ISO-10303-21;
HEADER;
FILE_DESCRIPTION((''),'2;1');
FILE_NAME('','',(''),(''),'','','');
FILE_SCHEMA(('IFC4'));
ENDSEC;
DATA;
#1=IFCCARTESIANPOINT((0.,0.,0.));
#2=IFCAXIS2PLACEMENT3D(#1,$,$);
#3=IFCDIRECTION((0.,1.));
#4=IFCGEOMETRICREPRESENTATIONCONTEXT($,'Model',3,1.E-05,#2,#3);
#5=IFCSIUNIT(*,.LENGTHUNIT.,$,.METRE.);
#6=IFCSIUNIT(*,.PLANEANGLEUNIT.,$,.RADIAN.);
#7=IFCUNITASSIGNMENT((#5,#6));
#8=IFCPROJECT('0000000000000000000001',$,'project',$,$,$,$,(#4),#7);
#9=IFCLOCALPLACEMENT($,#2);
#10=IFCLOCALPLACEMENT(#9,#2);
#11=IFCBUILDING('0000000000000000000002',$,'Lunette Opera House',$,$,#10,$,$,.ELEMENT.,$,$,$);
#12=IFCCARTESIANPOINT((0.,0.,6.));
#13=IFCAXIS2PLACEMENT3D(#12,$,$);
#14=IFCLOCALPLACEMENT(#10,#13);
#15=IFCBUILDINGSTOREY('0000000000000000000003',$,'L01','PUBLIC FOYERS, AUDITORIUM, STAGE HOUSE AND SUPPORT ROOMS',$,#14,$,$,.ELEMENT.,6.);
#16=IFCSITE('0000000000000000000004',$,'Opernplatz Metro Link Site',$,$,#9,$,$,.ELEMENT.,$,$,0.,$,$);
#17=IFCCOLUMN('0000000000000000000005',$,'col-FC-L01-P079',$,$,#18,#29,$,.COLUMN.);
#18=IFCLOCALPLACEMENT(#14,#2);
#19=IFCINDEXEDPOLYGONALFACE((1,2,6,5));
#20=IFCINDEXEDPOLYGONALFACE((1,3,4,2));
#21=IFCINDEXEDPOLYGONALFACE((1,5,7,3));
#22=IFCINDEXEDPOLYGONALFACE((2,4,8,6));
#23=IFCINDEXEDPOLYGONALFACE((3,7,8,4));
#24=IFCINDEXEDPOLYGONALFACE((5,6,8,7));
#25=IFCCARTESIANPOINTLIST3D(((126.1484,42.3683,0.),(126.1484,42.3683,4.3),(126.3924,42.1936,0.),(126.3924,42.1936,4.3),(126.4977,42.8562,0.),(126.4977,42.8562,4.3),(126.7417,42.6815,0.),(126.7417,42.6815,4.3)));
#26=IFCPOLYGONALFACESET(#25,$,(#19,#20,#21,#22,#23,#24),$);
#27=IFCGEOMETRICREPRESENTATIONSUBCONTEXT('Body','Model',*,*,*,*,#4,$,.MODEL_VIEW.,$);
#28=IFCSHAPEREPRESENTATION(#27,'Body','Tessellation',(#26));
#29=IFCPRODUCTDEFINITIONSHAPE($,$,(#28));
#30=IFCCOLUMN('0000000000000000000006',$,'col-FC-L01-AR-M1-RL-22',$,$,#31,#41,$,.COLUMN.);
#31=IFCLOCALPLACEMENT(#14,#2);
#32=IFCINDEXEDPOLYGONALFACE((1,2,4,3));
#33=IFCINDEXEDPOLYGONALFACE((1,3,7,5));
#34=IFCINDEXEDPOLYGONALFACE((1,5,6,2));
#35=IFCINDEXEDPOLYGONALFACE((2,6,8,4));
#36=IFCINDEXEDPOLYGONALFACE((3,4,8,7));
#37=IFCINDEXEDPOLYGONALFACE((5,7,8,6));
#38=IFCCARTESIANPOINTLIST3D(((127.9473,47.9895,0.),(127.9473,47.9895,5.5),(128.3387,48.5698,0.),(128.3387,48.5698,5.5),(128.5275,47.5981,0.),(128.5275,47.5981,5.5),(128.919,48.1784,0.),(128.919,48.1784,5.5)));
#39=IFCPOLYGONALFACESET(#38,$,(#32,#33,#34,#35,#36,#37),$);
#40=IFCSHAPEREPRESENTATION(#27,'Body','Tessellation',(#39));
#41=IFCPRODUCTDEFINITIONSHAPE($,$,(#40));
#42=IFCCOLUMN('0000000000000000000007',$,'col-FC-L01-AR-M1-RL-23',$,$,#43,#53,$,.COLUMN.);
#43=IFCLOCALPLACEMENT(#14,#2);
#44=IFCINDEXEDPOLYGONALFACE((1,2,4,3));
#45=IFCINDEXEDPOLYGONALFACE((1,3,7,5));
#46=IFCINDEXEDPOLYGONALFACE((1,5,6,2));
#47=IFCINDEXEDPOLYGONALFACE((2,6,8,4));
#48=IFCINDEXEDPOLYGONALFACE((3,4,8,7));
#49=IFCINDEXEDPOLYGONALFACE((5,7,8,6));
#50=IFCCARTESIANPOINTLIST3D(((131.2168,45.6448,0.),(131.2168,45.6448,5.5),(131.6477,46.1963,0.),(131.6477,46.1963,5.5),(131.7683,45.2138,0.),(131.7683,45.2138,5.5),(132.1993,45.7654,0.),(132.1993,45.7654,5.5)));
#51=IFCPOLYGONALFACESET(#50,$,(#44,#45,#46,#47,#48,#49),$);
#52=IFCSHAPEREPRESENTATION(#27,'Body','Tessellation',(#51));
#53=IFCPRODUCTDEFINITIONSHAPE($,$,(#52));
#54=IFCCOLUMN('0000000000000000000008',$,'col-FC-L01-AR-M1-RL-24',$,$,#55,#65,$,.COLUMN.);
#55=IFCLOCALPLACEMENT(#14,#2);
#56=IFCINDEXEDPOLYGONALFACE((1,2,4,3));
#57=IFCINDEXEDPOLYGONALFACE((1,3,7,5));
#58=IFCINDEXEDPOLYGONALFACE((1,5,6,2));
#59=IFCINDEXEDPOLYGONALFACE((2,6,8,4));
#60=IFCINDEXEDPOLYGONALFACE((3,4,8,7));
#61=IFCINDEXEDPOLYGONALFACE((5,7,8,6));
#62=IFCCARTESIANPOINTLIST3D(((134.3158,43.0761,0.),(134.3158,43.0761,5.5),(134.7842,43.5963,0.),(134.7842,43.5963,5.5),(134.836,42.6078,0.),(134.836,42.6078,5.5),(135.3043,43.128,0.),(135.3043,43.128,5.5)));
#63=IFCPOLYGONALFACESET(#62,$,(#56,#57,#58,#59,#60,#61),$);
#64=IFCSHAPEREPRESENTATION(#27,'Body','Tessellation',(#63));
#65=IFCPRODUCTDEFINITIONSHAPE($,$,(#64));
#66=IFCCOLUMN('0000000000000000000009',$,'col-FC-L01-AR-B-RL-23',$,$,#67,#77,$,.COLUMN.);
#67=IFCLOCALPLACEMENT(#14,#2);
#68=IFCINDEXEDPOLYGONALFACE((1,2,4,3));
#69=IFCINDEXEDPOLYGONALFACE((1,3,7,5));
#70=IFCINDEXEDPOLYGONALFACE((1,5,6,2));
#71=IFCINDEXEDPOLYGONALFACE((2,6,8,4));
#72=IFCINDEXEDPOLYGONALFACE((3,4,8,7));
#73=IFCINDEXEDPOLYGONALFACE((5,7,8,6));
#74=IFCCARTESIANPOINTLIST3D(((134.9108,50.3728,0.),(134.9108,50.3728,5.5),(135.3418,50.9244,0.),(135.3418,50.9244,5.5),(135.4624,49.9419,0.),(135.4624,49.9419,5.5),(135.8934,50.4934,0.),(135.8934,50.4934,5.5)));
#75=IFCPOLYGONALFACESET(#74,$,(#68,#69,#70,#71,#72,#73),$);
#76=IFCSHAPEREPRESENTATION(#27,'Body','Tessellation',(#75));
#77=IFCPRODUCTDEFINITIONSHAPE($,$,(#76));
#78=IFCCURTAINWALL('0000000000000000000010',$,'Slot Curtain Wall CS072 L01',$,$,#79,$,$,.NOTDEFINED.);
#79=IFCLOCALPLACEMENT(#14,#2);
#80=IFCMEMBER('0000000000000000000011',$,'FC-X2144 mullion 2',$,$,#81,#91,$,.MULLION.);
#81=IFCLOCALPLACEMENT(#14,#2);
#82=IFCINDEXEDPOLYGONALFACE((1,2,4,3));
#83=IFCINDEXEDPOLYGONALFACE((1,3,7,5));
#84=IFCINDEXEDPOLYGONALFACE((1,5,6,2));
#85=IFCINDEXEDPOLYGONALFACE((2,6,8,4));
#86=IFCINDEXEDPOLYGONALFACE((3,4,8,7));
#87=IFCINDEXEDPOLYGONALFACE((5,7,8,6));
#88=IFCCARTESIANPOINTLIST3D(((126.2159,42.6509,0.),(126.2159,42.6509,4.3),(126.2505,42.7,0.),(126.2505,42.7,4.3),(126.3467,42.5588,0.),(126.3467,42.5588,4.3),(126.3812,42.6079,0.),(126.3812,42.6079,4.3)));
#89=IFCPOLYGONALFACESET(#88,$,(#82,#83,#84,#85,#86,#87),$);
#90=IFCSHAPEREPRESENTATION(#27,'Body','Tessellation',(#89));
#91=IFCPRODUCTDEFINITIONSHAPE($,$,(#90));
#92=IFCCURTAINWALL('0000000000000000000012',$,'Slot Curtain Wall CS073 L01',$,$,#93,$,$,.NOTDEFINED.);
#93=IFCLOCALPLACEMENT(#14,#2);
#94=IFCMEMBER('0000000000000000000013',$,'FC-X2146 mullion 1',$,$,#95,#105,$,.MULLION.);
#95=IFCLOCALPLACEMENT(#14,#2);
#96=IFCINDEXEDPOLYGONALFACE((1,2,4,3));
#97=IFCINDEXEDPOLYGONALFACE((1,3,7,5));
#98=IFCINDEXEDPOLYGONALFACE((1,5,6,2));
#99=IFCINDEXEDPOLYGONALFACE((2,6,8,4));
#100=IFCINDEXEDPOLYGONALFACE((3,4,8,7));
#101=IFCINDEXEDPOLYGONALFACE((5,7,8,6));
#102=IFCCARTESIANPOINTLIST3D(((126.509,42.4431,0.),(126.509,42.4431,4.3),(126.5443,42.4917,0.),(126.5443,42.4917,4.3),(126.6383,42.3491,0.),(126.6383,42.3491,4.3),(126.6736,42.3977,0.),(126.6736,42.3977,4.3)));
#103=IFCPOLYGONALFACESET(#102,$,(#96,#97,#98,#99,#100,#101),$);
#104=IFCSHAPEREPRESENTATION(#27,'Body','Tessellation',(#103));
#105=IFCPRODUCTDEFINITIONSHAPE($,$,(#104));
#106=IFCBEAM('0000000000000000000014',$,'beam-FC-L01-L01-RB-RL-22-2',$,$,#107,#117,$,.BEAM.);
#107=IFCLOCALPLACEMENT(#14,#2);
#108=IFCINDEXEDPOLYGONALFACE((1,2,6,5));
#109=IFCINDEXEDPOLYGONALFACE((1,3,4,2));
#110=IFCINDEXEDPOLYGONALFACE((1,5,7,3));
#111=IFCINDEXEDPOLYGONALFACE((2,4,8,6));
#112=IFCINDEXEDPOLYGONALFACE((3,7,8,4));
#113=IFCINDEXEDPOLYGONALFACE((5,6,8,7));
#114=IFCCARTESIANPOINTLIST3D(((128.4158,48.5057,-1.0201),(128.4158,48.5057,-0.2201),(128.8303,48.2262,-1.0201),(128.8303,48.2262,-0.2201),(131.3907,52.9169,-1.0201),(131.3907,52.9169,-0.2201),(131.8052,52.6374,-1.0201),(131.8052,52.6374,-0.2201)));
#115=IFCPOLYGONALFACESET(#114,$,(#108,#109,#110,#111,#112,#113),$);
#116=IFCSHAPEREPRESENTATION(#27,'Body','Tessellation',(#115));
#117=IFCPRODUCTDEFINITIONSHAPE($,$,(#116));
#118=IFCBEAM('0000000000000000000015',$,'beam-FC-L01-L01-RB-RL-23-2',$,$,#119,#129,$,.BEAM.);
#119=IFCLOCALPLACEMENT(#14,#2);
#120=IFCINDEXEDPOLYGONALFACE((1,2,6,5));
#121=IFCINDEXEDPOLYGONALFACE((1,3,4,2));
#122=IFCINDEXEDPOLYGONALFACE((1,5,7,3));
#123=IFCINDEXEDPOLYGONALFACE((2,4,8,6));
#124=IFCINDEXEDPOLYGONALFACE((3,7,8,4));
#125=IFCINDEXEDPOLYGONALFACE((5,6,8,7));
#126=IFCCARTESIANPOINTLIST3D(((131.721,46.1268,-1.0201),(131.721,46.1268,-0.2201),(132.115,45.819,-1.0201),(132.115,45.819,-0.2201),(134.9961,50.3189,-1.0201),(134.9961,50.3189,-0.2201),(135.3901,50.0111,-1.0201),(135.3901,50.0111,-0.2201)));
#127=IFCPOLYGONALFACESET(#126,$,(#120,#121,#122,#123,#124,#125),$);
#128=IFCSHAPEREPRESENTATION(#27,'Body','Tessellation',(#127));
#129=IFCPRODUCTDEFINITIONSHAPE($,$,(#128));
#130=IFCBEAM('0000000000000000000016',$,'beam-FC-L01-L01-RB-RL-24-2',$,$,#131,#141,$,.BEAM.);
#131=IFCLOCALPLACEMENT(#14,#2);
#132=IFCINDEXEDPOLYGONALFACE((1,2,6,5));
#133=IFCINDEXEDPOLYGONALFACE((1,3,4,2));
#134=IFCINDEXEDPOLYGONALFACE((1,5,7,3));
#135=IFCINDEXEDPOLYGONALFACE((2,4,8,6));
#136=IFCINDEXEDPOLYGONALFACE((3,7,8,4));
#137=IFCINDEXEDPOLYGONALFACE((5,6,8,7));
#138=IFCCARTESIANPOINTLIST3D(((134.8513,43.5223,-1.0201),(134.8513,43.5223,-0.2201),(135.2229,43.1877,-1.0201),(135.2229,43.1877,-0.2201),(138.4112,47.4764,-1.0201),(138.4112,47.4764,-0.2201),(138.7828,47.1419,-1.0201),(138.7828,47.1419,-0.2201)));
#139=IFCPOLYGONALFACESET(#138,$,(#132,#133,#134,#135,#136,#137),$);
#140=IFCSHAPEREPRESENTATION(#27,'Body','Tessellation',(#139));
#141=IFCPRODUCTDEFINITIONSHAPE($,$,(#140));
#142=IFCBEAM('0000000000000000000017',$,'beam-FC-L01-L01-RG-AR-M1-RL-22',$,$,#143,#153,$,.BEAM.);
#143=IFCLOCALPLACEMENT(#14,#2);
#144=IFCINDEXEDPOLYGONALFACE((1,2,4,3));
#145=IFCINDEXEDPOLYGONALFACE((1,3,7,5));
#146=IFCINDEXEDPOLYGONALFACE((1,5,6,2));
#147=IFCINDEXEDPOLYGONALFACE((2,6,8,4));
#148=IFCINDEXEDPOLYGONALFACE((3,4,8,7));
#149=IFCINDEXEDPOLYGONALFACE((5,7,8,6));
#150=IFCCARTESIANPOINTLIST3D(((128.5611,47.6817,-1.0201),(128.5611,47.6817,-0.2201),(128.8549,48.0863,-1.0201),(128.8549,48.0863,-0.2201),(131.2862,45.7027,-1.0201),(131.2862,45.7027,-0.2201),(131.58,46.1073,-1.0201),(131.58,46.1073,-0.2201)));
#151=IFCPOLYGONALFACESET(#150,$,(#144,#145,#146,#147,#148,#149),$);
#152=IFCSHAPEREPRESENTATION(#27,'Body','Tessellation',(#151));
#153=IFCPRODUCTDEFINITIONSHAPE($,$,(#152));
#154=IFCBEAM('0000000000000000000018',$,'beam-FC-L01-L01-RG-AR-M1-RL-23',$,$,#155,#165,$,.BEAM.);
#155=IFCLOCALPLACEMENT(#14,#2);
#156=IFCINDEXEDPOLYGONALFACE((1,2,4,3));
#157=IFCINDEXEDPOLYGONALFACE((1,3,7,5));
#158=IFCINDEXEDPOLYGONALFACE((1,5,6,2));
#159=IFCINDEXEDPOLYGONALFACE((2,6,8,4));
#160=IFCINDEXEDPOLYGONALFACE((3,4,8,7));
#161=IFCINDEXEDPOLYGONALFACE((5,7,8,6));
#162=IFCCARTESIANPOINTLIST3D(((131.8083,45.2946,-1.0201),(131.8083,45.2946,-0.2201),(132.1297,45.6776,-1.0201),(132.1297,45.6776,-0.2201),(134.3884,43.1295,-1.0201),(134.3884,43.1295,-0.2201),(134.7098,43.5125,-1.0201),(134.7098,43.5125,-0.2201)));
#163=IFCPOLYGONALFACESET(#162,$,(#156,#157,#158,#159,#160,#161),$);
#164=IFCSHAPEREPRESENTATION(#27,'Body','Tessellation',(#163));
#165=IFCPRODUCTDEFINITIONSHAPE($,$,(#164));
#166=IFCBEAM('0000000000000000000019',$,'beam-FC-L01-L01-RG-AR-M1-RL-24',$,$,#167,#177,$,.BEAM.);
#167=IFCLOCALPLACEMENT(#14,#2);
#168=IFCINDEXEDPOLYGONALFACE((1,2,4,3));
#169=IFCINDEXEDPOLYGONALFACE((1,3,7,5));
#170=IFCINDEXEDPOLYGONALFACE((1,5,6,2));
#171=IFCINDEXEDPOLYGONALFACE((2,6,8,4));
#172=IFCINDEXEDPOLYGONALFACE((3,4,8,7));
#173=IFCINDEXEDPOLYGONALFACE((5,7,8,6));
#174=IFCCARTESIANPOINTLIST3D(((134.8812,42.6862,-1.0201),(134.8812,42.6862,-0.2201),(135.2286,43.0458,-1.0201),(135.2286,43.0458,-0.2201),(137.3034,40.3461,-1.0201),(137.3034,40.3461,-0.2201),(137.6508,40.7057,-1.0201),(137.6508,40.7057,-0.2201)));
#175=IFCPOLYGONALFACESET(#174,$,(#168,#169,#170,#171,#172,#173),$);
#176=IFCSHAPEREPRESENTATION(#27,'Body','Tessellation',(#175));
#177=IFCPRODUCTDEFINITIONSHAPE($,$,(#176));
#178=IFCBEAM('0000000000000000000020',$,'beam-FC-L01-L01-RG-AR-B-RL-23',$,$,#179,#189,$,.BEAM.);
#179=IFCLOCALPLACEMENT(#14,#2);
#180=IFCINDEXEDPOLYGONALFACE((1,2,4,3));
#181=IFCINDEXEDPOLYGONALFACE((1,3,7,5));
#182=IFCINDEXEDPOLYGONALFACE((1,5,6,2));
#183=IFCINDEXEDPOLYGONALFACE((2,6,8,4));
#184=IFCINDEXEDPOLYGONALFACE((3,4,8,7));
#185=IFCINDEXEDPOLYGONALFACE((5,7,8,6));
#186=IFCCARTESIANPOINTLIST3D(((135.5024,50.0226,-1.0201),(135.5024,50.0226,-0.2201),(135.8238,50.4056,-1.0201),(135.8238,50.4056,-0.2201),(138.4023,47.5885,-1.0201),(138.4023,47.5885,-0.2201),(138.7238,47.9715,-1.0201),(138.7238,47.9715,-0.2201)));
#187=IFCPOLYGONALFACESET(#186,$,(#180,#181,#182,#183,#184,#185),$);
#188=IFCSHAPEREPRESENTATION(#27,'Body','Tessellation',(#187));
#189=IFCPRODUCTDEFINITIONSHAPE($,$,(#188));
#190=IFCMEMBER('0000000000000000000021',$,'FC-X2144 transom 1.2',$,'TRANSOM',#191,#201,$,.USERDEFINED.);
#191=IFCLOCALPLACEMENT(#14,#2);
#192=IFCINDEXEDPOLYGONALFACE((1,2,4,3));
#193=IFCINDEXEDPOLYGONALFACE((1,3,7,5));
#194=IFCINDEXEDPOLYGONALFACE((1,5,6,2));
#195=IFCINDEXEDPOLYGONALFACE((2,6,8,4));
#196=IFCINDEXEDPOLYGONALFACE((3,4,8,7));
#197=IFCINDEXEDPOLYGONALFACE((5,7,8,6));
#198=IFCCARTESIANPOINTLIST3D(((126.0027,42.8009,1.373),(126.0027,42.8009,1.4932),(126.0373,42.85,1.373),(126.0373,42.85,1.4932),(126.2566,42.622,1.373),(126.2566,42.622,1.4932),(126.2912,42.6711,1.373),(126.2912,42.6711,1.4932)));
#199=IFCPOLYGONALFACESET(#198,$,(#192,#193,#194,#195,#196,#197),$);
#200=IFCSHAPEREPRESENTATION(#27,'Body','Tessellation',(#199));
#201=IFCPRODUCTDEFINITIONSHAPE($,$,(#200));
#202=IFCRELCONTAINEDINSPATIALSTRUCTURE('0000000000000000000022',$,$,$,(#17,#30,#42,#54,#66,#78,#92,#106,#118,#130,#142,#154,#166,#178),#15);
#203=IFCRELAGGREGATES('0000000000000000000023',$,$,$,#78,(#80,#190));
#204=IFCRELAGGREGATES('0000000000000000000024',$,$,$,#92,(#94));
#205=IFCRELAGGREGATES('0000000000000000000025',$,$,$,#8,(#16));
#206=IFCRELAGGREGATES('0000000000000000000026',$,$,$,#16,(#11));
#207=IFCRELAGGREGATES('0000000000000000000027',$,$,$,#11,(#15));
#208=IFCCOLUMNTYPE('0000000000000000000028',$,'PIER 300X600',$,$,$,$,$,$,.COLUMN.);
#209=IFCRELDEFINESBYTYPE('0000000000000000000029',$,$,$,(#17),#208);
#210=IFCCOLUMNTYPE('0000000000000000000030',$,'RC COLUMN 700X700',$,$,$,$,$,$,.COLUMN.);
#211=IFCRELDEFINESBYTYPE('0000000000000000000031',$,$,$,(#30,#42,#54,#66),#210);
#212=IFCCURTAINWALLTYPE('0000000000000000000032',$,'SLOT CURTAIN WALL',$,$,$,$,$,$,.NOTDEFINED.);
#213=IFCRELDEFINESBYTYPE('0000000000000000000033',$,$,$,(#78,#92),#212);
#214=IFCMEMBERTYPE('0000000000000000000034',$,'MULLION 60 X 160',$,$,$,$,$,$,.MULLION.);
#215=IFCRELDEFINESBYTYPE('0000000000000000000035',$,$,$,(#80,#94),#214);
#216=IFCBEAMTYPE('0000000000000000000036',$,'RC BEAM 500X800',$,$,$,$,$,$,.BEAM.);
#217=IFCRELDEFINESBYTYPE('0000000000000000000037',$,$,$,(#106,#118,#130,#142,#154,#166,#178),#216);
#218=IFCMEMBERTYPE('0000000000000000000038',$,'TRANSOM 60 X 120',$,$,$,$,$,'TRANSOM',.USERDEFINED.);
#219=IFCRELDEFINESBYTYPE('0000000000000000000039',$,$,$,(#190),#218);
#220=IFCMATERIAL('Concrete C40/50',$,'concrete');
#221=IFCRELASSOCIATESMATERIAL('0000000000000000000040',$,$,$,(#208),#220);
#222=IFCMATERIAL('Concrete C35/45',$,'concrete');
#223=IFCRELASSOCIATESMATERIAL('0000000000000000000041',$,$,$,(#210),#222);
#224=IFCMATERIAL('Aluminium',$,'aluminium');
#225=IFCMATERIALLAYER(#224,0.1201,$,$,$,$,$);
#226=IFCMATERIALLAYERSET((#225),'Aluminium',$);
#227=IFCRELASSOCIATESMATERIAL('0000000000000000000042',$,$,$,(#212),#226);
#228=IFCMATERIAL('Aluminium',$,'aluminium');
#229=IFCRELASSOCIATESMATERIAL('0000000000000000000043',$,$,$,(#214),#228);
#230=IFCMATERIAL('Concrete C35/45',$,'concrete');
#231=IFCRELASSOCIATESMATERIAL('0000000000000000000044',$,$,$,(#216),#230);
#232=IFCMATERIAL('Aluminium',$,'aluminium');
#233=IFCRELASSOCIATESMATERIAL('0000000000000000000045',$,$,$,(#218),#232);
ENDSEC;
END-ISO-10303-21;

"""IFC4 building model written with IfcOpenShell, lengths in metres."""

from ifc_helpers import new_model, si_unit, direction, frame, origin, origin_2d, place, context, subcontext, project, spatial, rectangle, extrude, material, layer, layer_set, material_profile, profile_set, type_object, element, aggregate, save


model = new_model("IFC4")

# Units and contexts
model_context = context("Model", 3, precision=1e-05, world=origin(), true_north=direction((0.0, 1.0)))
body_context = subcontext(model_context, "Body", "Model", "MODEL_VIEW")
ifc_project = project(units=[si_unit("LENGTHUNIT", "METRE"), si_unit("PLANEANGLEUNIT", "RADIAN")], contexts=[model_context])

# Site, building, storey
site_placement = place(None, origin())
site = spatial("IfcSite", under=ifc_project, at=site_placement, Name="Opernplatz Metro Link Site", CompositionType="ELEMENT", RefElevation=0.0)
building_placement = place(site_placement, origin())
building = spatial("IfcBuilding", under=site, at=building_placement, Name="Lunette Opera House", CompositionType="ELEMENT")
storey_placement = place(building_placement, frame((0.0, 0.0, 6.0)))
storey = spatial("IfcBuildingStorey", under=building, at=storey_placement, Name="L01", Description="PUBLIC FOYERS, AUDITORIUM, STAGE HOUSE AND SUPPORT ROOMS", CompositionType="ELEMENT", Elevation=6.0)

# Columns
ifc_material_1 = material(Name="Concrete C40/50", Category="concrete")
ifc_material_profile_1 = material_profile(ifc_material_1, rectangle(XDim=0.3, YDim=0.6001, at=origin_2d()), Name="PIER 300X600")
ifc_profile_set_1 = profile_set([ifc_material_profile_1], Name="Concrete C40/50")
column_type_1 = type_object("IfcColumnType", Name="PIER 300X600", PredefinedType="COLUMN", material=ifc_profile_set_1)
column_placement = place(storey_placement, frame((126.4451, 42.5249, 0.0), z_axis=(0.0, 0.0, 1.0), x_axis=(0.813101, -0.582123, 0.0)))
element("IfcColumn", 1, at=column_placement, inside=storey, type_object=column_type_1, Name="col-FC-L01-P079", PredefinedType="COLUMN", context=body_context, shape_type="SweptSolid", body=[
    extrude(rectangle(XDim=0.3, YDim=0.6001, at=origin_2d()), origin(), (0.0, 0.0, 1.0), 4.3),
])
ifc_material_2 = material(Name="Concrete C35/45", Category="concrete")
ifc_material_profile_2 = material_profile(ifc_material_2, rectangle(XDim=0.7, YDim=0.7, at=origin_2d()), Name="RC COLUMN 700X700")
ifc_profile_set_2 = profile_set([ifc_material_profile_2], Name="Concrete C35/45")
column_type_2 = type_object("IfcColumnType", Name="RC COLUMN 700X700", PredefinedType="COLUMN", material=ifc_profile_set_2)
for number, where, z_axis, x_axis, name in (
    (2, (128.4331, 48.084, 0.0), (0.0, 0.0, 1.0), (0.829038, -0.559193, 0.0), "col-FC-L01-AR-M1-RL-22"),
    (3, (131.708, 45.7051, 0.0), (0.0, 0.0, 1.0), (0.788011, -0.615661, 0.0), "col-FC-L01-AR-M1-RL-23"),
    (4, (134.8101, 43.1021, 0.0), (0.0, 0.0, 1.0), (0.743145, -0.669131, 0.0), "col-FC-L01-AR-M1-RL-24"),
    (5, (135.4021, 50.4331, 0.0), (0.0, 0.0, 1.0), (0.788011, -0.615661, 0.0), "col-FC-L01-AR-B-RL-23"),
):
    element("IfcColumn", number, at=place(storey_placement, frame(where, z_axis=z_axis, x_axis=x_axis)), inside=storey, type_object=column_type_2, Name=name, PredefinedType="COLUMN", context=body_context, shape_type="SweptSolid", body=[
        extrude(rectangle(XDim=0.7, YDim=0.7, at=origin_2d()), origin(), (0.0, 0.0, 1.0), 5.5),
    ])

# Curtain walls, members
ifc_material_3 = material(Name="Aluminium", Category="aluminium")
ifc_layer_1 = layer(ifc_material_3, 0.1201)
ifc_layer_set_1 = layer_set([ifc_layer_1], Name="Aluminium")
curtain_wall_type = type_object("IfcCurtainWallType", Name="SLOT CURTAIN WALL", PredefinedType="NOTDEFINED", material=ifc_layer_set_1)
curtain_wall_1_placement = place(storey_placement, origin())
curtain_wall_1 = element("IfcCurtainWall", 6, at=curtain_wall_1_placement, inside=storey, type_object=curtain_wall_type, Name="Slot Curtain Wall CS072 L01", PredefinedType="NOTDEFINED")
ifc_material_4 = material(Name="Aluminium", Category="aluminium")
ifc_material_profile_3 = material_profile(ifc_material_4, rectangle(XDim=0.0601, YDim=0.1599, at=origin_2d()), Name="MULLION 60 X 160")
ifc_profile_set_3 = profile_set([ifc_material_profile_3], Name="Aluminium")
member_type_1 = type_object("IfcMemberType", Name="MULLION 60 X 160", PredefinedType="MULLION", material=ifc_profile_set_3)
member_1_placement = place(storey_placement, frame((126.2986, 42.6294, 0.0), z_axis=(0.0, 0.0, 1.0), x_axis=(0.575954, 0.817482, 0.0)))
member_1 = element("IfcMember", 7, at=member_1_placement, type_object=member_type_1, Name="FC-X2144 mullion 2", PredefinedType="MULLION", context=body_context, shape_type="SweptSolid", body=[
    extrude(rectangle(XDim=0.0601, YDim=0.1599, at=origin_2d()), origin(), (0.0, 0.0, 1.0), 4.3),
])
curtain_wall_2_placement = place(storey_placement, origin())
curtain_wall_2 = element("IfcCurtainWall", 8, at=curtain_wall_2_placement, inside=storey, type_object=curtain_wall_type, Name="Slot Curtain Wall CS073 L01", PredefinedType="NOTDEFINED")
member_2_placement = place(storey_placement, frame((126.5913, 42.4204, 0.0), z_axis=(0.0, 0.0, 1.0), x_axis=(0.588033, 0.808837, 0.0)))
member_2 = element("IfcMember", 9, at=member_2_placement, type_object=member_type_1, Name="FC-X2146 mullion 1", PredefinedType="MULLION", context=body_context, shape_type="SweptSolid", body=[
    extrude(rectangle(XDim=0.0601, YDim=0.1599, at=origin_2d()), origin(), (0.0, 0.0, 1.0), 4.3),
])

# Beams
ifc_material_5 = material(Name="Concrete C35/45", Category="concrete")
ifc_material_profile_4 = material_profile(ifc_material_5, rectangle(XDim=0.5, YDim=0.8, at=origin_2d()), Name="RC BEAM 500X800")
ifc_profile_set_4 = profile_set([ifc_material_profile_4], Name="Concrete C35/45")
beam_type = type_object("IfcBeamType", Name="RC BEAM 500X800", PredefinedType="BEAM", material=ifc_profile_set_4)
beam_1_placement = place(storey_placement, frame((128.623, 48.366, -0.6201), z_axis=(0.559129, 0.829081, 0.0), x_axis=(-0.829081, 0.559129, 0.0)))
element("IfcBeam", 10, at=beam_1_placement, inside=storey, type_object=beam_type, Name="beam-FC-L01-L01-RB-RL-22-2", PredefinedType="BEAM", context=body_context, shape_type="SweptSolid", body=[
    extrude(rectangle(XDim=0.5, YDim=0.8, at=origin_2d()), origin(), (0.0, 0.0, 1.0), 5.3206),
])
beam_2_placement = place(storey_placement, frame((131.918, 45.9729, -0.6201), z_axis=(0.615648, 0.788021, 0.0), x_axis=(-0.788021, 0.615648, 0.0)))
element("IfcBeam", 11, at=beam_2_placement, inside=storey, type_object=beam_type, Name="beam-FC-L01-L01-RB-RL-23-2", PredefinedType="BEAM", context=body_context, shape_type="SweptSolid", body=[
    extrude(rectangle(XDim=0.5, YDim=0.8, at=origin_2d()), origin(), (0.0, 0.0, 1.0), 5.3198),
])
beam_3_placement = place(storey_placement, frame((135.0371, 43.355, -0.6201), z_axis=(0.669081, 0.743189, 0.0), x_axis=(-0.743189, 0.669081, 0.0)))
element("IfcBeam", 12, at=beam_3_placement, inside=storey, type_object=beam_type, Name="beam-FC-L01-L01-RB-RL-24-2", PredefinedType="BEAM", context=body_context, shape_type="SweptSolid", body=[
    extrude(rectangle(XDim=0.5, YDim=0.8, at=origin_2d()), origin(), (0.0, 0.0, 1.0), 5.3206),
])
beam_4_placement = place(storey_placement, frame((128.708, 47.884, -0.6201), z_axis=(0.809143, -0.587611, 0.0), x_axis=(0.587611, 0.809143, 0.0)))
element("IfcBeam", 13, at=beam_4_placement, inside=storey, type_object=beam_type, Name="beam-FC-L01-L01-RG-AR-M1-RL-22", PredefinedType="BEAM", context=body_context, shape_type="SweptSolid", body=[
    extrude(rectangle(XDim=0.5, YDim=0.8, at=origin_2d()), origin(), (0.0, 0.0, 1.0), 3.3679),
])
beam_5_placement = place(storey_placement, frame((131.969, 45.4861, -0.6201), z_axis=(0.76603, -0.642804, 0.0), x_axis=(0.642804, 0.76603, 0.0)))
element("IfcBeam", 14, at=beam_5_placement, inside=storey, type_object=beam_type, Name="beam-FC-L01-L01-RG-AR-M1-RL-23", PredefinedType="BEAM", context=body_context, shape_type="SweptSolid", body=[
    extrude(rectangle(XDim=0.5, YDim=0.8, at=origin_2d()), origin(), (0.0, 0.0, 1.0), 3.3682),
])
beam_6_placement = place(storey_placement, frame((135.0549, 42.866, -0.6201), z_axis=(0.71918, -0.694823, 0.0), x_axis=(0.694823, 0.71918, 0.0)))
element("IfcBeam", 15, at=beam_6_placement, inside=storey, type_object=beam_type, Name="beam-FC-L01-L01-RG-AR-M1-RL-24", PredefinedType="BEAM", context=body_context, shape_type="SweptSolid", body=[
    extrude(rectangle(XDim=0.5, YDim=0.8, at=origin_2d()), origin(), (0.0, 0.0, 1.0), 3.3679),
])
beam_7_placement = place(storey_placement, frame((135.6631, 50.2141, -0.6201), z_axis=(0.765944, -0.642908, 0.0), x_axis=(0.642908, 0.765944, 0.0)))
element("IfcBeam", 16, at=beam_7_placement, inside=storey, type_object=beam_type, Name="beam-FC-L01-L01-RG-AR-B-RL-23", PredefinedType="BEAM", context=body_context, shape_type="SweptSolid", body=[
    extrude(rectangle(XDim=0.5, YDim=0.8, at=origin_2d()), origin(), (0.0, 0.0, 1.0), 3.7861),
])

# Member
ifc_material_6 = material(Name="Aluminium", Category="aluminium")
ifc_material_profile_5 = material_profile(ifc_material_6, rectangle(XDim=0.0601, YDim=0.1201, at=origin_2d()), Name="TRANSOM 60 X 120")
ifc_profile_set_5 = profile_set([ifc_material_profile_5], Name="Aluminium")
member_type_2 = type_object("IfcMemberType", Name="TRANSOM 60 X 120", ElementType="TRANSOM", PredefinedType="USERDEFINED", material=ifc_profile_set_5)
member_3_placement = place(storey_placement, frame((126.02, 42.8254, 1.4331), z_axis=(0.817381, -0.576097, 0.0), x_axis=(0.576097, 0.817381, 0.0)))
member_3 = element("IfcMember", 17, at=member_3_placement, type_object=member_type_2, Name="FC-X2144 transom 1.2", ObjectType="TRANSOM", PredefinedType="USERDEFINED", context=body_context, shape_type="SweptSolid", body=[
    extrude(rectangle(XDim=0.0601, YDim=0.1201, at=origin_2d()), origin(), (0.0, 0.0, 1.0), 0.3105),
])

aggregate(curtain_wall_1, [member_1, member_3])
aggregate(curtain_wall_2, [member_2])

save(model, "model.ifc")
